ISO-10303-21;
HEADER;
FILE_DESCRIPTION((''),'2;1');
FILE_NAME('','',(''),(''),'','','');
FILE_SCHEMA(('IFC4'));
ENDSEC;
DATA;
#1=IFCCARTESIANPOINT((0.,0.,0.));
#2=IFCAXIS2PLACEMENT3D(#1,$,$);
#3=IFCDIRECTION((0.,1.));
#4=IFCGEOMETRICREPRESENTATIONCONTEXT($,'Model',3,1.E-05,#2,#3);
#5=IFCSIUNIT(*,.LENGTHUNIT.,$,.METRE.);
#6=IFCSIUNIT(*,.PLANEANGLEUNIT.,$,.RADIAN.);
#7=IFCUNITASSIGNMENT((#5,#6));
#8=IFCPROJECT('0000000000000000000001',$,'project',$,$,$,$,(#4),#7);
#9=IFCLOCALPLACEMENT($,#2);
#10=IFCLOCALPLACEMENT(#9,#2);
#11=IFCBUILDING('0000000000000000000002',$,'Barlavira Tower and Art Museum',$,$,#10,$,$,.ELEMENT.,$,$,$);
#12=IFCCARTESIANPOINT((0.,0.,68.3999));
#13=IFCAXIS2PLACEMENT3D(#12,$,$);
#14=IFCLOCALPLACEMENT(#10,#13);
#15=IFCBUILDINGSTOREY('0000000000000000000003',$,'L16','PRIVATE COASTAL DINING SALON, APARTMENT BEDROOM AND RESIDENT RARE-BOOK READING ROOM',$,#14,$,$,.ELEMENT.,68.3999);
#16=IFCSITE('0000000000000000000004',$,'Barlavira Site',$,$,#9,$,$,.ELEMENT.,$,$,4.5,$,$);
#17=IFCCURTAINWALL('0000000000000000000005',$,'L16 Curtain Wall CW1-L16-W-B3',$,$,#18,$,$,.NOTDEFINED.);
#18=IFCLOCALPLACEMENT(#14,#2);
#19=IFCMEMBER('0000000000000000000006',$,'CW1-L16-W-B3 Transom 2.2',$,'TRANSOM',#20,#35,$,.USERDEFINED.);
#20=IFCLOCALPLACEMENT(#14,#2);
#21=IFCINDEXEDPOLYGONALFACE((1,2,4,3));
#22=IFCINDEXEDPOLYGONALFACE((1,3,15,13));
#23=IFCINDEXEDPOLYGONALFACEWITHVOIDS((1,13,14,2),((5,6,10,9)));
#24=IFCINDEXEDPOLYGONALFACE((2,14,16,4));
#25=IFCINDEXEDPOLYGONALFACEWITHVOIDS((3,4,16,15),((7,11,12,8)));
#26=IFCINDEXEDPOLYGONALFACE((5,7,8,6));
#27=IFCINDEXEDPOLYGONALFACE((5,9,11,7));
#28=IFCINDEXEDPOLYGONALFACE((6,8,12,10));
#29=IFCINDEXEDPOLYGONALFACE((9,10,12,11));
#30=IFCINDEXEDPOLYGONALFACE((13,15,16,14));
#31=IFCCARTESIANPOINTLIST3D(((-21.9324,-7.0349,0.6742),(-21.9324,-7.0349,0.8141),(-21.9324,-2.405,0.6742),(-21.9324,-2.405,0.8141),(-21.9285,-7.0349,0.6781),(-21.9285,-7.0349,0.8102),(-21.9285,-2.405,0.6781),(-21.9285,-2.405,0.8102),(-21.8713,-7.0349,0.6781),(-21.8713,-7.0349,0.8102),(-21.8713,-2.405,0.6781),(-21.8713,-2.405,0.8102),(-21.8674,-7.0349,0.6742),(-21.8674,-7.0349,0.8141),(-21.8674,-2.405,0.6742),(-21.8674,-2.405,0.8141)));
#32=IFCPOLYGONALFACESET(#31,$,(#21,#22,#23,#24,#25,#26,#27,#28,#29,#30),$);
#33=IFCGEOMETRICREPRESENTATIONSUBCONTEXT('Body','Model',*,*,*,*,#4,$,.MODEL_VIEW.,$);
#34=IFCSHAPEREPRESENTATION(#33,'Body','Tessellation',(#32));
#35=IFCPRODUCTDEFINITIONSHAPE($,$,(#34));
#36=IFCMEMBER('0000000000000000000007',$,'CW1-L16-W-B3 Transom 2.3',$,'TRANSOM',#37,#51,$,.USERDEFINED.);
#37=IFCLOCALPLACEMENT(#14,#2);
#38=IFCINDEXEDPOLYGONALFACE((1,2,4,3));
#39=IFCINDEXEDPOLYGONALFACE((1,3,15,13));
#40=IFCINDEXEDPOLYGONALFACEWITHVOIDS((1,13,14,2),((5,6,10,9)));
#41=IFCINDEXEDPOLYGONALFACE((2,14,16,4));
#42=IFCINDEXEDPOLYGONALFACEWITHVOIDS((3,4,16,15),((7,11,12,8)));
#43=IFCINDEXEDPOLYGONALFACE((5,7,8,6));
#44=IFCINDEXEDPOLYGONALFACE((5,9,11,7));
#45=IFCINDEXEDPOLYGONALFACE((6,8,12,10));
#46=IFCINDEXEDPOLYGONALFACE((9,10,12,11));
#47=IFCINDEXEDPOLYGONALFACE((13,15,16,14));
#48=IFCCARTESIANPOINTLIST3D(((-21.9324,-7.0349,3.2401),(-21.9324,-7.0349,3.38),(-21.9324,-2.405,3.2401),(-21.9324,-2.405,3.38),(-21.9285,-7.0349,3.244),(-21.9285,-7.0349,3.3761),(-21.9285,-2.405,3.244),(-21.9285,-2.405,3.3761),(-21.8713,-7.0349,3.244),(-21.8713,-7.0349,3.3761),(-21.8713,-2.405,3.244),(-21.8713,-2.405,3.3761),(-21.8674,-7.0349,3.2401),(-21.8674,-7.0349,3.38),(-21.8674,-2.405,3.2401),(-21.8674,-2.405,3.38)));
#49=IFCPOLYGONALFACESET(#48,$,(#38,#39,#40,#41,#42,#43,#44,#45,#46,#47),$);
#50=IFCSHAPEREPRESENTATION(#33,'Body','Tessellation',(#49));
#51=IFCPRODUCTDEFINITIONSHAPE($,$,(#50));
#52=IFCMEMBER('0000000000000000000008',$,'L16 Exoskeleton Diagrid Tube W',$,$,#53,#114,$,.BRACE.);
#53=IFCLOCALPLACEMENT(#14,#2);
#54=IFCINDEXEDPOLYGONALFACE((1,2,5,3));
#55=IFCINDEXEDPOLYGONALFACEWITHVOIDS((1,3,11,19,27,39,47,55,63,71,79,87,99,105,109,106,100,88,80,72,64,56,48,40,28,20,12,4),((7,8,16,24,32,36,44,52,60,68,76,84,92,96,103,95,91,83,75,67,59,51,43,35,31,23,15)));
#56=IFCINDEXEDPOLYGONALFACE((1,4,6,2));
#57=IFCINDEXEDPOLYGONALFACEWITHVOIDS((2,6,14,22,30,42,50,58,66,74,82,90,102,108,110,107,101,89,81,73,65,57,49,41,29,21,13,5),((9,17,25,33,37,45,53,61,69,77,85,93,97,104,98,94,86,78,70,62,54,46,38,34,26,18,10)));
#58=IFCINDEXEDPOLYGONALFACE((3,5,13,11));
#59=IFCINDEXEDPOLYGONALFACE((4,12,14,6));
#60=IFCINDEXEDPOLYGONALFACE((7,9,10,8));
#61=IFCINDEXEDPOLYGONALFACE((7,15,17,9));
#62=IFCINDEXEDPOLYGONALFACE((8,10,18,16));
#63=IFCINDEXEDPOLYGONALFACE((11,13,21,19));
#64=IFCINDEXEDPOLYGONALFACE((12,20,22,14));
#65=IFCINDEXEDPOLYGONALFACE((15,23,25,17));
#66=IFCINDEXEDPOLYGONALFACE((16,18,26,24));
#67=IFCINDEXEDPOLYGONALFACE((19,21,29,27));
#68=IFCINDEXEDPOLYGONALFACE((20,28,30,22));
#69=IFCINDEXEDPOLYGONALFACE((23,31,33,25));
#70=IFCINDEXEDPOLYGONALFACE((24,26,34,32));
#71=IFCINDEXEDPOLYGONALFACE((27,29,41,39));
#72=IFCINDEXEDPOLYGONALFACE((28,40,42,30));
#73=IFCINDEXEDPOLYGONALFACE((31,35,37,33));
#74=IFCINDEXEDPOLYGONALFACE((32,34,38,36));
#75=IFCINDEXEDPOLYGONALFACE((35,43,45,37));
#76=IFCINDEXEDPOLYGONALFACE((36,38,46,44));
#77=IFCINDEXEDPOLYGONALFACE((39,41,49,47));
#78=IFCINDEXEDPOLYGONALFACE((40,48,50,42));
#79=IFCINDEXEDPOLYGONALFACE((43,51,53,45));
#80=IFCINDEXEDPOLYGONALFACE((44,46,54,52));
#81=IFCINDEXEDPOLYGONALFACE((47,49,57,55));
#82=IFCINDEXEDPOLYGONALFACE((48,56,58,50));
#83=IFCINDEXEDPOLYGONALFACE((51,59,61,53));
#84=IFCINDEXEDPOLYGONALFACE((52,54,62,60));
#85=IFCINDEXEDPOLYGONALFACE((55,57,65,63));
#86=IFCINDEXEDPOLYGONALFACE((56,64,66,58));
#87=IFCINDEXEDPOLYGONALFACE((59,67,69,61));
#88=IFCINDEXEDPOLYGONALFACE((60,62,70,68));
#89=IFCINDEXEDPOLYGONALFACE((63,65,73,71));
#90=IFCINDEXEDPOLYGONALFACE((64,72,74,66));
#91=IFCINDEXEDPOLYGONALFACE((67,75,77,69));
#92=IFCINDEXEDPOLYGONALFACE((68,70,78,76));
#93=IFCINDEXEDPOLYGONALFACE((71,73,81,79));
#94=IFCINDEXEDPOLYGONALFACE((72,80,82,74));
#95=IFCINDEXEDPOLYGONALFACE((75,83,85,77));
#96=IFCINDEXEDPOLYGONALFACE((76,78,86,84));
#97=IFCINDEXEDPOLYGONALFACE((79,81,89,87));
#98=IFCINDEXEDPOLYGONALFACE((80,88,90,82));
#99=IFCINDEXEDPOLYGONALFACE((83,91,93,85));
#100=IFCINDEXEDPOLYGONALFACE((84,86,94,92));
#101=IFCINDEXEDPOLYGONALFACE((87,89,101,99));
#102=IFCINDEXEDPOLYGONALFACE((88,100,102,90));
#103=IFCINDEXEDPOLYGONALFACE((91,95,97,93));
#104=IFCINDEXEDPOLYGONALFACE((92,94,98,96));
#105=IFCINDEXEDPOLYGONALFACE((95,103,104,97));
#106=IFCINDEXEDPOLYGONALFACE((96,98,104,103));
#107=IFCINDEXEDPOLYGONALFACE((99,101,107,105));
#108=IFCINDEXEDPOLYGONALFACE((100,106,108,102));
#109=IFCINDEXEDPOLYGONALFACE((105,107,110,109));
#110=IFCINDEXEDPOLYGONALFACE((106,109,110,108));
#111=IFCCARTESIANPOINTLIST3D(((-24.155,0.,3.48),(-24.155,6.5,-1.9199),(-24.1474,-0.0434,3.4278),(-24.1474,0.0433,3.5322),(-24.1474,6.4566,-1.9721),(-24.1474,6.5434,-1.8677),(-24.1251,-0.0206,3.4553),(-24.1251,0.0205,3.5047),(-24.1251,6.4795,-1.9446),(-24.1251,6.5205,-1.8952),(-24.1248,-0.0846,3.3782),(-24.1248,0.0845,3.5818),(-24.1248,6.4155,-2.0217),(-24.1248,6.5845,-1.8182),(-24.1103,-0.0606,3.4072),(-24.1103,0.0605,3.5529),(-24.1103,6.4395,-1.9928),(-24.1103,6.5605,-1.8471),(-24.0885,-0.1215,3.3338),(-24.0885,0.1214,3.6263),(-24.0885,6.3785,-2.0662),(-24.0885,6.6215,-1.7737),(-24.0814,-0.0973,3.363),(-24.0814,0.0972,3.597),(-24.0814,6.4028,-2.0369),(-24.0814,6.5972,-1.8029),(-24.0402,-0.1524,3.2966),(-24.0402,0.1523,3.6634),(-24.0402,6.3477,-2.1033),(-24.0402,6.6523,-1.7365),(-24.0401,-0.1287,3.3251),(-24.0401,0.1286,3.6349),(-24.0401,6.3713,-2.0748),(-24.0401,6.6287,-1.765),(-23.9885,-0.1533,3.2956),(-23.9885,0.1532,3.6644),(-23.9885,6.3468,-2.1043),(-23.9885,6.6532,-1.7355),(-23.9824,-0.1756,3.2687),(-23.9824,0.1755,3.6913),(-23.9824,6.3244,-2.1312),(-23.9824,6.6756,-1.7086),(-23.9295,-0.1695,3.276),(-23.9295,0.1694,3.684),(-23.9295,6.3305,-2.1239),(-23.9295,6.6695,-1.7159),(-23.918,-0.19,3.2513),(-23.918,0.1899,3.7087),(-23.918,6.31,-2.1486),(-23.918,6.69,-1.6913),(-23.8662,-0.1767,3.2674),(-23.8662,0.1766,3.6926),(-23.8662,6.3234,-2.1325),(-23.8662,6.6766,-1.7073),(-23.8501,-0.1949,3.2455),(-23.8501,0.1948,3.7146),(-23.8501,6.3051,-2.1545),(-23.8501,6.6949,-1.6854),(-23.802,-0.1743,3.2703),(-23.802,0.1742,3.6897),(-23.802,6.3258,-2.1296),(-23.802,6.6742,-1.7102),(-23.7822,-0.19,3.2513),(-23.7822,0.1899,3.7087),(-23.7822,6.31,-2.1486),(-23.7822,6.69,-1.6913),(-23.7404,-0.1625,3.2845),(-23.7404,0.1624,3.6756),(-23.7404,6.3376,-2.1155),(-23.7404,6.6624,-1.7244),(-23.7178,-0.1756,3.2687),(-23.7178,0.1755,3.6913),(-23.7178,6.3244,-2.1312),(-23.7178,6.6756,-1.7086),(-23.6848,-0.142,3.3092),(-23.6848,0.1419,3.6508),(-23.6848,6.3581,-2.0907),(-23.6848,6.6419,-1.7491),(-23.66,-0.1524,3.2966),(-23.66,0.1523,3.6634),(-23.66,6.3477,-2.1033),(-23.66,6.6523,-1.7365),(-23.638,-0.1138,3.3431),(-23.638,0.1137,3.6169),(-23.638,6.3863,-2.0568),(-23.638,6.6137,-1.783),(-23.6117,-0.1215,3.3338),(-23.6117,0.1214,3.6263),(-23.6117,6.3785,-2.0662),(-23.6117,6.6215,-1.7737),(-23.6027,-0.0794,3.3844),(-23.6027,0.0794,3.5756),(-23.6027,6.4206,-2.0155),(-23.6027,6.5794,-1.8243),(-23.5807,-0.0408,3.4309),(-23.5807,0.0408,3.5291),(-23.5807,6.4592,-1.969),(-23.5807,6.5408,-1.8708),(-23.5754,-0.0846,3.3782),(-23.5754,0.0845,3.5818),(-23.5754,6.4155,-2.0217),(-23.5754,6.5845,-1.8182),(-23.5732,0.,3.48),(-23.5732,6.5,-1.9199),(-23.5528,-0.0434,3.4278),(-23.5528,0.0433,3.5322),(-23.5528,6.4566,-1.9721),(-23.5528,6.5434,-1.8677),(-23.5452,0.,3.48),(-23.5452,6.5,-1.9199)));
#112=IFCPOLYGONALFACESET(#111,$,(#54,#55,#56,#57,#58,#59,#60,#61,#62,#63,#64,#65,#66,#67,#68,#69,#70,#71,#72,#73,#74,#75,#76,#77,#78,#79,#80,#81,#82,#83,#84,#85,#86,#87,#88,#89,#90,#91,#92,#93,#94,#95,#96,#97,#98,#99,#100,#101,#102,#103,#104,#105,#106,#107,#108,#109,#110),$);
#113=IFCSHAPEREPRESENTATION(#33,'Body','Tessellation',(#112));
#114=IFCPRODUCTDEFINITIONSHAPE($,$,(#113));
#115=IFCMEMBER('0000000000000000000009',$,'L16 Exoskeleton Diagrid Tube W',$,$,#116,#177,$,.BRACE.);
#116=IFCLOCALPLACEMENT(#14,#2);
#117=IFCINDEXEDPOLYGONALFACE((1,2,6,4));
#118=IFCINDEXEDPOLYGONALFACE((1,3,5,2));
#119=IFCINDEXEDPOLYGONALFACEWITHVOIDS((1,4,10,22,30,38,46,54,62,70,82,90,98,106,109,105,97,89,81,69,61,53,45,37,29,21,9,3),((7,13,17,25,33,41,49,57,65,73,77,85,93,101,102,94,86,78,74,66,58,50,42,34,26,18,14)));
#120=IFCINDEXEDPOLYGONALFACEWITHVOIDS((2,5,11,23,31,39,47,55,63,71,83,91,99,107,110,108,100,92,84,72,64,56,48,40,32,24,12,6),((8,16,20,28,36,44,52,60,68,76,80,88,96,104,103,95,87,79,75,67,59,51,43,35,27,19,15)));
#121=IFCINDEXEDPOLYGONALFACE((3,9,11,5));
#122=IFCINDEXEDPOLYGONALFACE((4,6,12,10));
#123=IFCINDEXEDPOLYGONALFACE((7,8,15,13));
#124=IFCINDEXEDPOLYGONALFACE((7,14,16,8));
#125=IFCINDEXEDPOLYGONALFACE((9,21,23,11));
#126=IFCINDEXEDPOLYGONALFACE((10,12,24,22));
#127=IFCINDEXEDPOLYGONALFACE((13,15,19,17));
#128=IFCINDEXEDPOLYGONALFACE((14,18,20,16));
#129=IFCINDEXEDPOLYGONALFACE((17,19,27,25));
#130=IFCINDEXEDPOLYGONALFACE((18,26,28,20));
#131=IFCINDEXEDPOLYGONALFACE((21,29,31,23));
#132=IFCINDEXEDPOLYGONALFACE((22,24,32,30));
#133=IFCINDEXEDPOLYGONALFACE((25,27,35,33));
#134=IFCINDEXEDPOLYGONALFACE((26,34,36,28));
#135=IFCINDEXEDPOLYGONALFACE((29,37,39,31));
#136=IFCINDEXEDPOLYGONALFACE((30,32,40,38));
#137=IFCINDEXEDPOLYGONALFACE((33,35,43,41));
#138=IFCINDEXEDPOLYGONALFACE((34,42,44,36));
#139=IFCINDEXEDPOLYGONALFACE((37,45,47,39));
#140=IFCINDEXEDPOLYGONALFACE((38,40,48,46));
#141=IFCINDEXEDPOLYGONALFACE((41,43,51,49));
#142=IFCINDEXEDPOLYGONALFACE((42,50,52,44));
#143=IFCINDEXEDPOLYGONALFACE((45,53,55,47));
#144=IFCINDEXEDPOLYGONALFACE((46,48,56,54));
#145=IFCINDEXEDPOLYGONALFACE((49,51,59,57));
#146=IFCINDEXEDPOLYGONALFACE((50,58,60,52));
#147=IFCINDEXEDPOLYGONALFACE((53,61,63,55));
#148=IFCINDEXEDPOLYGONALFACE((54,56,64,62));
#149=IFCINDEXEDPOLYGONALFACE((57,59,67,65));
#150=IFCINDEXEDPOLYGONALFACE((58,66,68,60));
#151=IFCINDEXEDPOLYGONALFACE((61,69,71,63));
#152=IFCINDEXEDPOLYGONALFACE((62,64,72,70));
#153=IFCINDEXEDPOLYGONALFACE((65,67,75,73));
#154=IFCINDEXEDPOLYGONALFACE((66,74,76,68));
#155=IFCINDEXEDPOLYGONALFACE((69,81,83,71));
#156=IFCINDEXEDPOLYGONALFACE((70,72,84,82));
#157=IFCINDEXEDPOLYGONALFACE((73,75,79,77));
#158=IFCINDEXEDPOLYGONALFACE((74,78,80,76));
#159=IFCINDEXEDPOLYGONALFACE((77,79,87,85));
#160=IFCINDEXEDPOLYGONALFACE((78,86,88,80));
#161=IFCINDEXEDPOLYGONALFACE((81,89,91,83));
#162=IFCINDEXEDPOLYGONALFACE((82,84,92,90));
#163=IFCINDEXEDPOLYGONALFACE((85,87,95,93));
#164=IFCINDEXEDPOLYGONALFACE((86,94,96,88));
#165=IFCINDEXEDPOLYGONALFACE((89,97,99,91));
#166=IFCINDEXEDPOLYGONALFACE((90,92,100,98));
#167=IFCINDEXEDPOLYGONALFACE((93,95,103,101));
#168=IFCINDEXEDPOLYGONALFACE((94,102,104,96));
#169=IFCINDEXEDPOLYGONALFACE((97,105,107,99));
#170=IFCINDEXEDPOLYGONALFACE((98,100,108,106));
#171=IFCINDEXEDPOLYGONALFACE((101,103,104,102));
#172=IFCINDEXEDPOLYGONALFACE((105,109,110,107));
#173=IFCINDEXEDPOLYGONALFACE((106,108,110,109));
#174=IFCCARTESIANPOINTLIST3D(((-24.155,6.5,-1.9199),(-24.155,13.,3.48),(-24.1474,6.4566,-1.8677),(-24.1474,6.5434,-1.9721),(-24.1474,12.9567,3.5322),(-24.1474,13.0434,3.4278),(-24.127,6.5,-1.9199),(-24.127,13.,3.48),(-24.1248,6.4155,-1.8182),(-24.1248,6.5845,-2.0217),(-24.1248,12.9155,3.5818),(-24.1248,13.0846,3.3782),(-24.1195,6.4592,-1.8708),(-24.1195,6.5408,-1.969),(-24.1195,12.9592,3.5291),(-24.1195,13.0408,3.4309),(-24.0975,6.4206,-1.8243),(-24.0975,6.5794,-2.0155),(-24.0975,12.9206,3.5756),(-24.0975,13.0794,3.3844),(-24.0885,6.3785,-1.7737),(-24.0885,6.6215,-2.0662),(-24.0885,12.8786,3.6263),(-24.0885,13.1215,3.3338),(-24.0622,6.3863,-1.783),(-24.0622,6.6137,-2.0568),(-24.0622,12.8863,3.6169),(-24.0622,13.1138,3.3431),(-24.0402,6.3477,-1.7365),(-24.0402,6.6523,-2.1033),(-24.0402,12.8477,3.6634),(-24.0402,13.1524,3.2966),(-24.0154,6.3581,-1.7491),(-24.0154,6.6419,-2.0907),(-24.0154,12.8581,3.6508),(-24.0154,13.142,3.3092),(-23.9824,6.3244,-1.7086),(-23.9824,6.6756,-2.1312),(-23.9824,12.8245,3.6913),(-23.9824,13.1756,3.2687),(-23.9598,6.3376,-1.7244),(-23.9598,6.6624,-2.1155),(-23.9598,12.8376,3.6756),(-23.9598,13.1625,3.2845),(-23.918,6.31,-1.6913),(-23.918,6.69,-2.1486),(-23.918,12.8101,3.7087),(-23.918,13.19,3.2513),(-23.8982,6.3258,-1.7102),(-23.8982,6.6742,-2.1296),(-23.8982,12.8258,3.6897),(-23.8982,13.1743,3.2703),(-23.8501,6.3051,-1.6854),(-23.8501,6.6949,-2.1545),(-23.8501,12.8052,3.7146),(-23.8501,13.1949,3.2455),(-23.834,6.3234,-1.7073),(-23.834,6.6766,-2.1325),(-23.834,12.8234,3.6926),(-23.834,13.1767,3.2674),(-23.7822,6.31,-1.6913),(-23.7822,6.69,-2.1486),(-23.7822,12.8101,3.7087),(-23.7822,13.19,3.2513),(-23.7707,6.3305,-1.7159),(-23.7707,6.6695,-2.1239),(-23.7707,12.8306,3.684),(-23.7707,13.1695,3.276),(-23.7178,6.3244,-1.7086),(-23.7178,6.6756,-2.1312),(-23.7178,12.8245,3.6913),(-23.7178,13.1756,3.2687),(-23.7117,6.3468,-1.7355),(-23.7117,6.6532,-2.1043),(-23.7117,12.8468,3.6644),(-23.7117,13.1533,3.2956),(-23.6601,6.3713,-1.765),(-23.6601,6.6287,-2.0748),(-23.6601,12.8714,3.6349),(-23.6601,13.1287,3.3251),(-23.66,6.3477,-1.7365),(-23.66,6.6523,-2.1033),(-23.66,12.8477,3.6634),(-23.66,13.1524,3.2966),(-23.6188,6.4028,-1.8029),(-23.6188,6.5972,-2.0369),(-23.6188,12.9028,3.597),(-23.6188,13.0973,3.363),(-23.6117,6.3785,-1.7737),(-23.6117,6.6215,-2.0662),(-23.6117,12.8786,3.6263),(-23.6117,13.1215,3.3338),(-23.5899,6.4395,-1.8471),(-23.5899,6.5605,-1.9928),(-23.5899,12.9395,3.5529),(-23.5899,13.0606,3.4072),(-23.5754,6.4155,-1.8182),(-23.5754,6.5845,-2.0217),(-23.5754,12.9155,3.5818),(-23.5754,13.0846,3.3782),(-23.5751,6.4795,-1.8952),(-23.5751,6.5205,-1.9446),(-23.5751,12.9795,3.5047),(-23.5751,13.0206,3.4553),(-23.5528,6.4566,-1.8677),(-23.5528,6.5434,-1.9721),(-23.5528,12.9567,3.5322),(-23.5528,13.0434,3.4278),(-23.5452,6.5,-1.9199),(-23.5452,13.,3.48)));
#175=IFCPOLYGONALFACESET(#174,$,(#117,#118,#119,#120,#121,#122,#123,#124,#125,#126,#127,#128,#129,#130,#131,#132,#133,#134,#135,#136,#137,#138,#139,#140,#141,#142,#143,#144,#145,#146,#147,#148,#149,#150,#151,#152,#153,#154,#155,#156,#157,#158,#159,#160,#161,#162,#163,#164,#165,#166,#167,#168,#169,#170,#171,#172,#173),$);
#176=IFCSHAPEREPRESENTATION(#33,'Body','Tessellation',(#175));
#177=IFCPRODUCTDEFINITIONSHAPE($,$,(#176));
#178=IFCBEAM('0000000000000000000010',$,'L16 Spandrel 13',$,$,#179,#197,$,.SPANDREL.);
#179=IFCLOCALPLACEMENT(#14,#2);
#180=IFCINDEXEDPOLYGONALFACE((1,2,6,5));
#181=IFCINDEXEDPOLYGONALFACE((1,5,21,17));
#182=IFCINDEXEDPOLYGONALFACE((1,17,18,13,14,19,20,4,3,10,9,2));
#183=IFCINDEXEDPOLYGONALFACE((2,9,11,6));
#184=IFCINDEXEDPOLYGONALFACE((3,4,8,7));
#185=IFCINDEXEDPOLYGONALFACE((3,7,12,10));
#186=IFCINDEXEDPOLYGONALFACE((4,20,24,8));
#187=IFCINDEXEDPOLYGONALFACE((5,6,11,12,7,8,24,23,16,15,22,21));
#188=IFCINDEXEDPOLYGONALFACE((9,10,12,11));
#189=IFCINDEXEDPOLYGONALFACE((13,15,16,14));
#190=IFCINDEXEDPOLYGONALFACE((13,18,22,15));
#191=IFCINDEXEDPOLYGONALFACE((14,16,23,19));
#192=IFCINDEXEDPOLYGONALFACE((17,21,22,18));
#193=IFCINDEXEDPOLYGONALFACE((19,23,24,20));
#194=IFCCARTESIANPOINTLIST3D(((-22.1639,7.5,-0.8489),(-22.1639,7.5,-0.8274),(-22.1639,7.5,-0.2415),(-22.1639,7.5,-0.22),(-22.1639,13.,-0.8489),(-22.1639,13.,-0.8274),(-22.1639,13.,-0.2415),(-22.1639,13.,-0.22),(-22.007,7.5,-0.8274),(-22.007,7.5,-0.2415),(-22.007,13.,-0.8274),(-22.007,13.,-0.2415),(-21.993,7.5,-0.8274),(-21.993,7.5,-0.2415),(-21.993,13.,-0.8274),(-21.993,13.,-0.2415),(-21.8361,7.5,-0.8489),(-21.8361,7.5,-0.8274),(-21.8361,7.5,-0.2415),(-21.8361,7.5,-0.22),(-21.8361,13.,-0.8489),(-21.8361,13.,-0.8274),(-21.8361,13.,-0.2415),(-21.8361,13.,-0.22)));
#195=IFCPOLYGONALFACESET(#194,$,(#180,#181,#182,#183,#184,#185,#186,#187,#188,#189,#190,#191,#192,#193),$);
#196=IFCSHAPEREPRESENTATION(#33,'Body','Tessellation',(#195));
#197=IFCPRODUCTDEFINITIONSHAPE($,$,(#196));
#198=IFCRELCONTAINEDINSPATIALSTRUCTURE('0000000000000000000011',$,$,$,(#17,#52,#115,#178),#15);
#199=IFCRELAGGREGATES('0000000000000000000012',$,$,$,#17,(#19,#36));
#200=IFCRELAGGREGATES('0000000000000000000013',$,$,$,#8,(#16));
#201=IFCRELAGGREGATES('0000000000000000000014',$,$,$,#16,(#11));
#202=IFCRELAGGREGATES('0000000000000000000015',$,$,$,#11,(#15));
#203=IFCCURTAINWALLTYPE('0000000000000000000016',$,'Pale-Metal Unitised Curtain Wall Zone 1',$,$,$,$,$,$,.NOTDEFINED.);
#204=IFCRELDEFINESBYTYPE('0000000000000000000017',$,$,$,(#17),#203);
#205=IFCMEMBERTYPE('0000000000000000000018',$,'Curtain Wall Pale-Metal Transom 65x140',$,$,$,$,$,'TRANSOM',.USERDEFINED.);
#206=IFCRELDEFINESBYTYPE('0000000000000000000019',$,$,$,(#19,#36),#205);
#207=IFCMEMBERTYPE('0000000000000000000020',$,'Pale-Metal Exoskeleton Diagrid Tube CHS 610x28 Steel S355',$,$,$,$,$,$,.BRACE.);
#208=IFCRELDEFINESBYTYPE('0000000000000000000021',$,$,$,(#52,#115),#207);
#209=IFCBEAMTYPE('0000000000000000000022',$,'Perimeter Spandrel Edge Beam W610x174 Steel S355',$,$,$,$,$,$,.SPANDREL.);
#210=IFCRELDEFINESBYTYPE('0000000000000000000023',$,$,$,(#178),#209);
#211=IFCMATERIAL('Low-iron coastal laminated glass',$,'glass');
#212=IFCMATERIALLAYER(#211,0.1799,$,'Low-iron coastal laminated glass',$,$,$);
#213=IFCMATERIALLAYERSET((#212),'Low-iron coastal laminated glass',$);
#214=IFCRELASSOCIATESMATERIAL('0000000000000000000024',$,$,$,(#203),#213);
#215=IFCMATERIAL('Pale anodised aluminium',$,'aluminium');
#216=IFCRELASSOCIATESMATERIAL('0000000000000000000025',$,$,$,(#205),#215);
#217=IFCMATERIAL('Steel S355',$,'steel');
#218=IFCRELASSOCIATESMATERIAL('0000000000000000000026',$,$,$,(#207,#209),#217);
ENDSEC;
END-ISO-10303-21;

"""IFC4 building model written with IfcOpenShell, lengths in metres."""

from ifc_helpers import new_model, si_unit, direction, frame, origin, origin_2d, place, context, subcontext, project, spatial, hollow_rectangle, hollow_circle, i_section, extrude, material, layer, layer_set, material_profile, profile_set, type_object, element, aggregate, save


model = new_model("IFC4")

# Units and contexts
model_context = context("Model", 3, precision=1e-05, world=origin(), true_north=direction((0.0, 1.0)))
body_context = subcontext(model_context, "Body", "Model", "MODEL_VIEW")
ifc_project = project(units=[si_unit("LENGTHUNIT", "METRE"), si_unit("PLANEANGLEUNIT", "RADIAN")], contexts=[model_context])

# Site, building, storey
site_placement = place(None, origin())
site = spatial("IfcSite", under=ifc_project, at=site_placement, Name="Barlavira Site", CompositionType="ELEMENT", RefElevation=4.5)
building_placement = place(site_placement, origin())
building = spatial("IfcBuilding", under=site, at=building_placement, Name="Barlavira Tower and Art Museum", CompositionType="ELEMENT")
storey_placement = place(building_placement, frame((0.0, 0.0, 68.3999)))
storey = spatial("IfcBuildingStorey", under=building, at=storey_placement, Name="L16", Description="PRIVATE COASTAL DINING SALON, APARTMENT BEDROOM AND RESIDENT RARE-BOOK READING ROOM", CompositionType="ELEMENT", Elevation=68.3999)

# Curtain wall, members
ifc_material_1 = material(Name="Low-iron coastal laminated glass", Category="glass")
ifc_layer_1 = layer(ifc_material_1, 0.1799, Name="Low-iron coastal laminated glass")
ifc_layer_set_1 = layer_set([ifc_layer_1], Name="Low-iron coastal laminated glass")
curtain_wall_type = type_object("IfcCurtainWallType", Name="Pale-Metal Unitised Curtain Wall Zone 1", PredefinedType="NOTDEFINED", material=ifc_layer_set_1)
curtain_wall_placement = place(storey_placement, origin())
curtain_wall = element("IfcCurtainWall", 1, at=curtain_wall_placement, inside=storey, type_object=curtain_wall_type, Name="L16 Curtain Wall CW1-L16-W-B3", PredefinedType="NOTDEFINED")
ifc_material_2 = material(Name="Pale anodised aluminium", Category="aluminium")
ifc_material_profile_1 = material_profile(ifc_material_2, hollow_rectangle(XDim=0.0649, YDim=0.1399, WallThickness=0.0039, at=origin_2d()), Name="ALU-TRAN 65x140x4")
ifc_profile_set_1 = profile_set([ifc_material_profile_1], Name="Pale anodised aluminium")
member_type_1 = type_object("IfcMemberType", Name="Curtain Wall Pale-Metal Transom 65x140", ElementType="TRANSOM", PredefinedType="USERDEFINED", material=ifc_profile_set_1)
member_1_placement = place(storey_placement, frame((-21.8999, -2.405, 0.7441), z_axis=(0.0, -1.0, 0.0), x_axis=(1.0, 0.0, 0.0)))
member_1 = element("IfcMember", 2, at=member_1_placement, type_object=member_type_1, Name="CW1-L16-W-B3 Transom 2.2", ObjectType="TRANSOM", PredefinedType="USERDEFINED", context=body_context, shape_type="SweptSolid", body=[
    extrude(hollow_rectangle(XDim=0.0649, YDim=0.1399, WallThickness=0.0039, at=origin_2d()), origin(), (0.0, 0.0, 1.0), 4.6299),
])
member_2_placement = place(storey_placement, frame((-21.8999, -2.405, 3.3101), z_axis=(0.0, -1.0, 0.0), x_axis=(1.0, 0.0, 0.0)))
member_2 = element("IfcMember", 3, at=member_2_placement, type_object=member_type_1, Name="CW1-L16-W-B3 Transom 2.3", ObjectType="TRANSOM", PredefinedType="USERDEFINED", context=body_context, shape_type="SweptSolid", body=[
    extrude(hollow_rectangle(XDim=0.0649, YDim=0.1399, WallThickness=0.0039, at=origin_2d()), origin(), (0.0, 0.0, 1.0), 4.6299),
])

# Members
ifc_material_3 = material(Name="Steel S355", Category="steel")
ifc_material_profile_2 = material_profile(ifc_material_3, hollow_circle(Radius=0.3049, WallThickness=0.0281, at=origin_2d()), Name="CHS 610.0x28.0")
ifc_profile_set_2 = profile_set([ifc_material_profile_2], Name="Steel S355")
member_type_2 = type_object("IfcMemberType", Name="Pale-Metal Exoskeleton Diagrid Tube CHS 610x28 Steel S355", PredefinedType="BRACE", material=ifc_profile_set_2)
for number, where, z_axis, x_axis, name in (
    (4, (-23.8501, 6.5, -1.9199), (0.0, -0.769196, 0.639013), (1.0, 0.0, 0.0), "L16 Exoskeleton Diagrid Tube W"),
    (5, (-23.8501, 6.5, -1.9199), (0.0, 0.769196, 0.639013), (-1.0, 0.0, 0.0), "L16 Exoskeleton Diagrid Tube W"),
):
    element("IfcMember", number, at=place(storey_placement, frame(where, z_axis=z_axis, x_axis=x_axis)), inside=storey, type_object=member_type_2, Name=name, PredefinedType="BRACE", context=body_context, shape_type="SweptSolid", body=[
        extrude(hollow_circle(Radius=0.3049, WallThickness=0.0281, at=origin_2d()), origin(), (0.0, 0.0, 1.0), 8.4504),
    ])

# Beam
ifc_material_profile_3 = material_profile(ifc_material_3, i_section(OverallWidth=0.3279, OverallDepth=0.6289, WebThickness=0.0139, FlangeThickness=0.0215, at=origin_2d()), Name="W610x174.0")
ifc_profile_set_3 = profile_set([ifc_material_profile_3], Name="Steel S355")
beam_type = type_object("IfcBeamType", Name="Perimeter Spandrel Edge Beam W610x174 Steel S355", PredefinedType="SPANDREL", material=ifc_profile_set_3)
beam_placement = place(storey_placement, frame((-22.0, 7.5, -0.5344), z_axis=(0.0, 1.0, 0.0), x_axis=(-1.0, 0.0, 0.0)))
element("IfcBeam", 6, at=beam_placement, inside=storey, type_object=beam_type, Name="L16 Spandrel 13", PredefinedType="SPANDREL", context=body_context, shape_type="SweptSolid", body=[
    extrude(i_section(OverallWidth=0.3279, OverallDepth=0.6289, WebThickness=0.0139, FlangeThickness=0.0215, at=origin_2d()), origin(), (0.0, 0.0, 1.0), 5.5),
])

aggregate(curtain_wall, [member_1, member_2])

save(model, "model.ifc")
